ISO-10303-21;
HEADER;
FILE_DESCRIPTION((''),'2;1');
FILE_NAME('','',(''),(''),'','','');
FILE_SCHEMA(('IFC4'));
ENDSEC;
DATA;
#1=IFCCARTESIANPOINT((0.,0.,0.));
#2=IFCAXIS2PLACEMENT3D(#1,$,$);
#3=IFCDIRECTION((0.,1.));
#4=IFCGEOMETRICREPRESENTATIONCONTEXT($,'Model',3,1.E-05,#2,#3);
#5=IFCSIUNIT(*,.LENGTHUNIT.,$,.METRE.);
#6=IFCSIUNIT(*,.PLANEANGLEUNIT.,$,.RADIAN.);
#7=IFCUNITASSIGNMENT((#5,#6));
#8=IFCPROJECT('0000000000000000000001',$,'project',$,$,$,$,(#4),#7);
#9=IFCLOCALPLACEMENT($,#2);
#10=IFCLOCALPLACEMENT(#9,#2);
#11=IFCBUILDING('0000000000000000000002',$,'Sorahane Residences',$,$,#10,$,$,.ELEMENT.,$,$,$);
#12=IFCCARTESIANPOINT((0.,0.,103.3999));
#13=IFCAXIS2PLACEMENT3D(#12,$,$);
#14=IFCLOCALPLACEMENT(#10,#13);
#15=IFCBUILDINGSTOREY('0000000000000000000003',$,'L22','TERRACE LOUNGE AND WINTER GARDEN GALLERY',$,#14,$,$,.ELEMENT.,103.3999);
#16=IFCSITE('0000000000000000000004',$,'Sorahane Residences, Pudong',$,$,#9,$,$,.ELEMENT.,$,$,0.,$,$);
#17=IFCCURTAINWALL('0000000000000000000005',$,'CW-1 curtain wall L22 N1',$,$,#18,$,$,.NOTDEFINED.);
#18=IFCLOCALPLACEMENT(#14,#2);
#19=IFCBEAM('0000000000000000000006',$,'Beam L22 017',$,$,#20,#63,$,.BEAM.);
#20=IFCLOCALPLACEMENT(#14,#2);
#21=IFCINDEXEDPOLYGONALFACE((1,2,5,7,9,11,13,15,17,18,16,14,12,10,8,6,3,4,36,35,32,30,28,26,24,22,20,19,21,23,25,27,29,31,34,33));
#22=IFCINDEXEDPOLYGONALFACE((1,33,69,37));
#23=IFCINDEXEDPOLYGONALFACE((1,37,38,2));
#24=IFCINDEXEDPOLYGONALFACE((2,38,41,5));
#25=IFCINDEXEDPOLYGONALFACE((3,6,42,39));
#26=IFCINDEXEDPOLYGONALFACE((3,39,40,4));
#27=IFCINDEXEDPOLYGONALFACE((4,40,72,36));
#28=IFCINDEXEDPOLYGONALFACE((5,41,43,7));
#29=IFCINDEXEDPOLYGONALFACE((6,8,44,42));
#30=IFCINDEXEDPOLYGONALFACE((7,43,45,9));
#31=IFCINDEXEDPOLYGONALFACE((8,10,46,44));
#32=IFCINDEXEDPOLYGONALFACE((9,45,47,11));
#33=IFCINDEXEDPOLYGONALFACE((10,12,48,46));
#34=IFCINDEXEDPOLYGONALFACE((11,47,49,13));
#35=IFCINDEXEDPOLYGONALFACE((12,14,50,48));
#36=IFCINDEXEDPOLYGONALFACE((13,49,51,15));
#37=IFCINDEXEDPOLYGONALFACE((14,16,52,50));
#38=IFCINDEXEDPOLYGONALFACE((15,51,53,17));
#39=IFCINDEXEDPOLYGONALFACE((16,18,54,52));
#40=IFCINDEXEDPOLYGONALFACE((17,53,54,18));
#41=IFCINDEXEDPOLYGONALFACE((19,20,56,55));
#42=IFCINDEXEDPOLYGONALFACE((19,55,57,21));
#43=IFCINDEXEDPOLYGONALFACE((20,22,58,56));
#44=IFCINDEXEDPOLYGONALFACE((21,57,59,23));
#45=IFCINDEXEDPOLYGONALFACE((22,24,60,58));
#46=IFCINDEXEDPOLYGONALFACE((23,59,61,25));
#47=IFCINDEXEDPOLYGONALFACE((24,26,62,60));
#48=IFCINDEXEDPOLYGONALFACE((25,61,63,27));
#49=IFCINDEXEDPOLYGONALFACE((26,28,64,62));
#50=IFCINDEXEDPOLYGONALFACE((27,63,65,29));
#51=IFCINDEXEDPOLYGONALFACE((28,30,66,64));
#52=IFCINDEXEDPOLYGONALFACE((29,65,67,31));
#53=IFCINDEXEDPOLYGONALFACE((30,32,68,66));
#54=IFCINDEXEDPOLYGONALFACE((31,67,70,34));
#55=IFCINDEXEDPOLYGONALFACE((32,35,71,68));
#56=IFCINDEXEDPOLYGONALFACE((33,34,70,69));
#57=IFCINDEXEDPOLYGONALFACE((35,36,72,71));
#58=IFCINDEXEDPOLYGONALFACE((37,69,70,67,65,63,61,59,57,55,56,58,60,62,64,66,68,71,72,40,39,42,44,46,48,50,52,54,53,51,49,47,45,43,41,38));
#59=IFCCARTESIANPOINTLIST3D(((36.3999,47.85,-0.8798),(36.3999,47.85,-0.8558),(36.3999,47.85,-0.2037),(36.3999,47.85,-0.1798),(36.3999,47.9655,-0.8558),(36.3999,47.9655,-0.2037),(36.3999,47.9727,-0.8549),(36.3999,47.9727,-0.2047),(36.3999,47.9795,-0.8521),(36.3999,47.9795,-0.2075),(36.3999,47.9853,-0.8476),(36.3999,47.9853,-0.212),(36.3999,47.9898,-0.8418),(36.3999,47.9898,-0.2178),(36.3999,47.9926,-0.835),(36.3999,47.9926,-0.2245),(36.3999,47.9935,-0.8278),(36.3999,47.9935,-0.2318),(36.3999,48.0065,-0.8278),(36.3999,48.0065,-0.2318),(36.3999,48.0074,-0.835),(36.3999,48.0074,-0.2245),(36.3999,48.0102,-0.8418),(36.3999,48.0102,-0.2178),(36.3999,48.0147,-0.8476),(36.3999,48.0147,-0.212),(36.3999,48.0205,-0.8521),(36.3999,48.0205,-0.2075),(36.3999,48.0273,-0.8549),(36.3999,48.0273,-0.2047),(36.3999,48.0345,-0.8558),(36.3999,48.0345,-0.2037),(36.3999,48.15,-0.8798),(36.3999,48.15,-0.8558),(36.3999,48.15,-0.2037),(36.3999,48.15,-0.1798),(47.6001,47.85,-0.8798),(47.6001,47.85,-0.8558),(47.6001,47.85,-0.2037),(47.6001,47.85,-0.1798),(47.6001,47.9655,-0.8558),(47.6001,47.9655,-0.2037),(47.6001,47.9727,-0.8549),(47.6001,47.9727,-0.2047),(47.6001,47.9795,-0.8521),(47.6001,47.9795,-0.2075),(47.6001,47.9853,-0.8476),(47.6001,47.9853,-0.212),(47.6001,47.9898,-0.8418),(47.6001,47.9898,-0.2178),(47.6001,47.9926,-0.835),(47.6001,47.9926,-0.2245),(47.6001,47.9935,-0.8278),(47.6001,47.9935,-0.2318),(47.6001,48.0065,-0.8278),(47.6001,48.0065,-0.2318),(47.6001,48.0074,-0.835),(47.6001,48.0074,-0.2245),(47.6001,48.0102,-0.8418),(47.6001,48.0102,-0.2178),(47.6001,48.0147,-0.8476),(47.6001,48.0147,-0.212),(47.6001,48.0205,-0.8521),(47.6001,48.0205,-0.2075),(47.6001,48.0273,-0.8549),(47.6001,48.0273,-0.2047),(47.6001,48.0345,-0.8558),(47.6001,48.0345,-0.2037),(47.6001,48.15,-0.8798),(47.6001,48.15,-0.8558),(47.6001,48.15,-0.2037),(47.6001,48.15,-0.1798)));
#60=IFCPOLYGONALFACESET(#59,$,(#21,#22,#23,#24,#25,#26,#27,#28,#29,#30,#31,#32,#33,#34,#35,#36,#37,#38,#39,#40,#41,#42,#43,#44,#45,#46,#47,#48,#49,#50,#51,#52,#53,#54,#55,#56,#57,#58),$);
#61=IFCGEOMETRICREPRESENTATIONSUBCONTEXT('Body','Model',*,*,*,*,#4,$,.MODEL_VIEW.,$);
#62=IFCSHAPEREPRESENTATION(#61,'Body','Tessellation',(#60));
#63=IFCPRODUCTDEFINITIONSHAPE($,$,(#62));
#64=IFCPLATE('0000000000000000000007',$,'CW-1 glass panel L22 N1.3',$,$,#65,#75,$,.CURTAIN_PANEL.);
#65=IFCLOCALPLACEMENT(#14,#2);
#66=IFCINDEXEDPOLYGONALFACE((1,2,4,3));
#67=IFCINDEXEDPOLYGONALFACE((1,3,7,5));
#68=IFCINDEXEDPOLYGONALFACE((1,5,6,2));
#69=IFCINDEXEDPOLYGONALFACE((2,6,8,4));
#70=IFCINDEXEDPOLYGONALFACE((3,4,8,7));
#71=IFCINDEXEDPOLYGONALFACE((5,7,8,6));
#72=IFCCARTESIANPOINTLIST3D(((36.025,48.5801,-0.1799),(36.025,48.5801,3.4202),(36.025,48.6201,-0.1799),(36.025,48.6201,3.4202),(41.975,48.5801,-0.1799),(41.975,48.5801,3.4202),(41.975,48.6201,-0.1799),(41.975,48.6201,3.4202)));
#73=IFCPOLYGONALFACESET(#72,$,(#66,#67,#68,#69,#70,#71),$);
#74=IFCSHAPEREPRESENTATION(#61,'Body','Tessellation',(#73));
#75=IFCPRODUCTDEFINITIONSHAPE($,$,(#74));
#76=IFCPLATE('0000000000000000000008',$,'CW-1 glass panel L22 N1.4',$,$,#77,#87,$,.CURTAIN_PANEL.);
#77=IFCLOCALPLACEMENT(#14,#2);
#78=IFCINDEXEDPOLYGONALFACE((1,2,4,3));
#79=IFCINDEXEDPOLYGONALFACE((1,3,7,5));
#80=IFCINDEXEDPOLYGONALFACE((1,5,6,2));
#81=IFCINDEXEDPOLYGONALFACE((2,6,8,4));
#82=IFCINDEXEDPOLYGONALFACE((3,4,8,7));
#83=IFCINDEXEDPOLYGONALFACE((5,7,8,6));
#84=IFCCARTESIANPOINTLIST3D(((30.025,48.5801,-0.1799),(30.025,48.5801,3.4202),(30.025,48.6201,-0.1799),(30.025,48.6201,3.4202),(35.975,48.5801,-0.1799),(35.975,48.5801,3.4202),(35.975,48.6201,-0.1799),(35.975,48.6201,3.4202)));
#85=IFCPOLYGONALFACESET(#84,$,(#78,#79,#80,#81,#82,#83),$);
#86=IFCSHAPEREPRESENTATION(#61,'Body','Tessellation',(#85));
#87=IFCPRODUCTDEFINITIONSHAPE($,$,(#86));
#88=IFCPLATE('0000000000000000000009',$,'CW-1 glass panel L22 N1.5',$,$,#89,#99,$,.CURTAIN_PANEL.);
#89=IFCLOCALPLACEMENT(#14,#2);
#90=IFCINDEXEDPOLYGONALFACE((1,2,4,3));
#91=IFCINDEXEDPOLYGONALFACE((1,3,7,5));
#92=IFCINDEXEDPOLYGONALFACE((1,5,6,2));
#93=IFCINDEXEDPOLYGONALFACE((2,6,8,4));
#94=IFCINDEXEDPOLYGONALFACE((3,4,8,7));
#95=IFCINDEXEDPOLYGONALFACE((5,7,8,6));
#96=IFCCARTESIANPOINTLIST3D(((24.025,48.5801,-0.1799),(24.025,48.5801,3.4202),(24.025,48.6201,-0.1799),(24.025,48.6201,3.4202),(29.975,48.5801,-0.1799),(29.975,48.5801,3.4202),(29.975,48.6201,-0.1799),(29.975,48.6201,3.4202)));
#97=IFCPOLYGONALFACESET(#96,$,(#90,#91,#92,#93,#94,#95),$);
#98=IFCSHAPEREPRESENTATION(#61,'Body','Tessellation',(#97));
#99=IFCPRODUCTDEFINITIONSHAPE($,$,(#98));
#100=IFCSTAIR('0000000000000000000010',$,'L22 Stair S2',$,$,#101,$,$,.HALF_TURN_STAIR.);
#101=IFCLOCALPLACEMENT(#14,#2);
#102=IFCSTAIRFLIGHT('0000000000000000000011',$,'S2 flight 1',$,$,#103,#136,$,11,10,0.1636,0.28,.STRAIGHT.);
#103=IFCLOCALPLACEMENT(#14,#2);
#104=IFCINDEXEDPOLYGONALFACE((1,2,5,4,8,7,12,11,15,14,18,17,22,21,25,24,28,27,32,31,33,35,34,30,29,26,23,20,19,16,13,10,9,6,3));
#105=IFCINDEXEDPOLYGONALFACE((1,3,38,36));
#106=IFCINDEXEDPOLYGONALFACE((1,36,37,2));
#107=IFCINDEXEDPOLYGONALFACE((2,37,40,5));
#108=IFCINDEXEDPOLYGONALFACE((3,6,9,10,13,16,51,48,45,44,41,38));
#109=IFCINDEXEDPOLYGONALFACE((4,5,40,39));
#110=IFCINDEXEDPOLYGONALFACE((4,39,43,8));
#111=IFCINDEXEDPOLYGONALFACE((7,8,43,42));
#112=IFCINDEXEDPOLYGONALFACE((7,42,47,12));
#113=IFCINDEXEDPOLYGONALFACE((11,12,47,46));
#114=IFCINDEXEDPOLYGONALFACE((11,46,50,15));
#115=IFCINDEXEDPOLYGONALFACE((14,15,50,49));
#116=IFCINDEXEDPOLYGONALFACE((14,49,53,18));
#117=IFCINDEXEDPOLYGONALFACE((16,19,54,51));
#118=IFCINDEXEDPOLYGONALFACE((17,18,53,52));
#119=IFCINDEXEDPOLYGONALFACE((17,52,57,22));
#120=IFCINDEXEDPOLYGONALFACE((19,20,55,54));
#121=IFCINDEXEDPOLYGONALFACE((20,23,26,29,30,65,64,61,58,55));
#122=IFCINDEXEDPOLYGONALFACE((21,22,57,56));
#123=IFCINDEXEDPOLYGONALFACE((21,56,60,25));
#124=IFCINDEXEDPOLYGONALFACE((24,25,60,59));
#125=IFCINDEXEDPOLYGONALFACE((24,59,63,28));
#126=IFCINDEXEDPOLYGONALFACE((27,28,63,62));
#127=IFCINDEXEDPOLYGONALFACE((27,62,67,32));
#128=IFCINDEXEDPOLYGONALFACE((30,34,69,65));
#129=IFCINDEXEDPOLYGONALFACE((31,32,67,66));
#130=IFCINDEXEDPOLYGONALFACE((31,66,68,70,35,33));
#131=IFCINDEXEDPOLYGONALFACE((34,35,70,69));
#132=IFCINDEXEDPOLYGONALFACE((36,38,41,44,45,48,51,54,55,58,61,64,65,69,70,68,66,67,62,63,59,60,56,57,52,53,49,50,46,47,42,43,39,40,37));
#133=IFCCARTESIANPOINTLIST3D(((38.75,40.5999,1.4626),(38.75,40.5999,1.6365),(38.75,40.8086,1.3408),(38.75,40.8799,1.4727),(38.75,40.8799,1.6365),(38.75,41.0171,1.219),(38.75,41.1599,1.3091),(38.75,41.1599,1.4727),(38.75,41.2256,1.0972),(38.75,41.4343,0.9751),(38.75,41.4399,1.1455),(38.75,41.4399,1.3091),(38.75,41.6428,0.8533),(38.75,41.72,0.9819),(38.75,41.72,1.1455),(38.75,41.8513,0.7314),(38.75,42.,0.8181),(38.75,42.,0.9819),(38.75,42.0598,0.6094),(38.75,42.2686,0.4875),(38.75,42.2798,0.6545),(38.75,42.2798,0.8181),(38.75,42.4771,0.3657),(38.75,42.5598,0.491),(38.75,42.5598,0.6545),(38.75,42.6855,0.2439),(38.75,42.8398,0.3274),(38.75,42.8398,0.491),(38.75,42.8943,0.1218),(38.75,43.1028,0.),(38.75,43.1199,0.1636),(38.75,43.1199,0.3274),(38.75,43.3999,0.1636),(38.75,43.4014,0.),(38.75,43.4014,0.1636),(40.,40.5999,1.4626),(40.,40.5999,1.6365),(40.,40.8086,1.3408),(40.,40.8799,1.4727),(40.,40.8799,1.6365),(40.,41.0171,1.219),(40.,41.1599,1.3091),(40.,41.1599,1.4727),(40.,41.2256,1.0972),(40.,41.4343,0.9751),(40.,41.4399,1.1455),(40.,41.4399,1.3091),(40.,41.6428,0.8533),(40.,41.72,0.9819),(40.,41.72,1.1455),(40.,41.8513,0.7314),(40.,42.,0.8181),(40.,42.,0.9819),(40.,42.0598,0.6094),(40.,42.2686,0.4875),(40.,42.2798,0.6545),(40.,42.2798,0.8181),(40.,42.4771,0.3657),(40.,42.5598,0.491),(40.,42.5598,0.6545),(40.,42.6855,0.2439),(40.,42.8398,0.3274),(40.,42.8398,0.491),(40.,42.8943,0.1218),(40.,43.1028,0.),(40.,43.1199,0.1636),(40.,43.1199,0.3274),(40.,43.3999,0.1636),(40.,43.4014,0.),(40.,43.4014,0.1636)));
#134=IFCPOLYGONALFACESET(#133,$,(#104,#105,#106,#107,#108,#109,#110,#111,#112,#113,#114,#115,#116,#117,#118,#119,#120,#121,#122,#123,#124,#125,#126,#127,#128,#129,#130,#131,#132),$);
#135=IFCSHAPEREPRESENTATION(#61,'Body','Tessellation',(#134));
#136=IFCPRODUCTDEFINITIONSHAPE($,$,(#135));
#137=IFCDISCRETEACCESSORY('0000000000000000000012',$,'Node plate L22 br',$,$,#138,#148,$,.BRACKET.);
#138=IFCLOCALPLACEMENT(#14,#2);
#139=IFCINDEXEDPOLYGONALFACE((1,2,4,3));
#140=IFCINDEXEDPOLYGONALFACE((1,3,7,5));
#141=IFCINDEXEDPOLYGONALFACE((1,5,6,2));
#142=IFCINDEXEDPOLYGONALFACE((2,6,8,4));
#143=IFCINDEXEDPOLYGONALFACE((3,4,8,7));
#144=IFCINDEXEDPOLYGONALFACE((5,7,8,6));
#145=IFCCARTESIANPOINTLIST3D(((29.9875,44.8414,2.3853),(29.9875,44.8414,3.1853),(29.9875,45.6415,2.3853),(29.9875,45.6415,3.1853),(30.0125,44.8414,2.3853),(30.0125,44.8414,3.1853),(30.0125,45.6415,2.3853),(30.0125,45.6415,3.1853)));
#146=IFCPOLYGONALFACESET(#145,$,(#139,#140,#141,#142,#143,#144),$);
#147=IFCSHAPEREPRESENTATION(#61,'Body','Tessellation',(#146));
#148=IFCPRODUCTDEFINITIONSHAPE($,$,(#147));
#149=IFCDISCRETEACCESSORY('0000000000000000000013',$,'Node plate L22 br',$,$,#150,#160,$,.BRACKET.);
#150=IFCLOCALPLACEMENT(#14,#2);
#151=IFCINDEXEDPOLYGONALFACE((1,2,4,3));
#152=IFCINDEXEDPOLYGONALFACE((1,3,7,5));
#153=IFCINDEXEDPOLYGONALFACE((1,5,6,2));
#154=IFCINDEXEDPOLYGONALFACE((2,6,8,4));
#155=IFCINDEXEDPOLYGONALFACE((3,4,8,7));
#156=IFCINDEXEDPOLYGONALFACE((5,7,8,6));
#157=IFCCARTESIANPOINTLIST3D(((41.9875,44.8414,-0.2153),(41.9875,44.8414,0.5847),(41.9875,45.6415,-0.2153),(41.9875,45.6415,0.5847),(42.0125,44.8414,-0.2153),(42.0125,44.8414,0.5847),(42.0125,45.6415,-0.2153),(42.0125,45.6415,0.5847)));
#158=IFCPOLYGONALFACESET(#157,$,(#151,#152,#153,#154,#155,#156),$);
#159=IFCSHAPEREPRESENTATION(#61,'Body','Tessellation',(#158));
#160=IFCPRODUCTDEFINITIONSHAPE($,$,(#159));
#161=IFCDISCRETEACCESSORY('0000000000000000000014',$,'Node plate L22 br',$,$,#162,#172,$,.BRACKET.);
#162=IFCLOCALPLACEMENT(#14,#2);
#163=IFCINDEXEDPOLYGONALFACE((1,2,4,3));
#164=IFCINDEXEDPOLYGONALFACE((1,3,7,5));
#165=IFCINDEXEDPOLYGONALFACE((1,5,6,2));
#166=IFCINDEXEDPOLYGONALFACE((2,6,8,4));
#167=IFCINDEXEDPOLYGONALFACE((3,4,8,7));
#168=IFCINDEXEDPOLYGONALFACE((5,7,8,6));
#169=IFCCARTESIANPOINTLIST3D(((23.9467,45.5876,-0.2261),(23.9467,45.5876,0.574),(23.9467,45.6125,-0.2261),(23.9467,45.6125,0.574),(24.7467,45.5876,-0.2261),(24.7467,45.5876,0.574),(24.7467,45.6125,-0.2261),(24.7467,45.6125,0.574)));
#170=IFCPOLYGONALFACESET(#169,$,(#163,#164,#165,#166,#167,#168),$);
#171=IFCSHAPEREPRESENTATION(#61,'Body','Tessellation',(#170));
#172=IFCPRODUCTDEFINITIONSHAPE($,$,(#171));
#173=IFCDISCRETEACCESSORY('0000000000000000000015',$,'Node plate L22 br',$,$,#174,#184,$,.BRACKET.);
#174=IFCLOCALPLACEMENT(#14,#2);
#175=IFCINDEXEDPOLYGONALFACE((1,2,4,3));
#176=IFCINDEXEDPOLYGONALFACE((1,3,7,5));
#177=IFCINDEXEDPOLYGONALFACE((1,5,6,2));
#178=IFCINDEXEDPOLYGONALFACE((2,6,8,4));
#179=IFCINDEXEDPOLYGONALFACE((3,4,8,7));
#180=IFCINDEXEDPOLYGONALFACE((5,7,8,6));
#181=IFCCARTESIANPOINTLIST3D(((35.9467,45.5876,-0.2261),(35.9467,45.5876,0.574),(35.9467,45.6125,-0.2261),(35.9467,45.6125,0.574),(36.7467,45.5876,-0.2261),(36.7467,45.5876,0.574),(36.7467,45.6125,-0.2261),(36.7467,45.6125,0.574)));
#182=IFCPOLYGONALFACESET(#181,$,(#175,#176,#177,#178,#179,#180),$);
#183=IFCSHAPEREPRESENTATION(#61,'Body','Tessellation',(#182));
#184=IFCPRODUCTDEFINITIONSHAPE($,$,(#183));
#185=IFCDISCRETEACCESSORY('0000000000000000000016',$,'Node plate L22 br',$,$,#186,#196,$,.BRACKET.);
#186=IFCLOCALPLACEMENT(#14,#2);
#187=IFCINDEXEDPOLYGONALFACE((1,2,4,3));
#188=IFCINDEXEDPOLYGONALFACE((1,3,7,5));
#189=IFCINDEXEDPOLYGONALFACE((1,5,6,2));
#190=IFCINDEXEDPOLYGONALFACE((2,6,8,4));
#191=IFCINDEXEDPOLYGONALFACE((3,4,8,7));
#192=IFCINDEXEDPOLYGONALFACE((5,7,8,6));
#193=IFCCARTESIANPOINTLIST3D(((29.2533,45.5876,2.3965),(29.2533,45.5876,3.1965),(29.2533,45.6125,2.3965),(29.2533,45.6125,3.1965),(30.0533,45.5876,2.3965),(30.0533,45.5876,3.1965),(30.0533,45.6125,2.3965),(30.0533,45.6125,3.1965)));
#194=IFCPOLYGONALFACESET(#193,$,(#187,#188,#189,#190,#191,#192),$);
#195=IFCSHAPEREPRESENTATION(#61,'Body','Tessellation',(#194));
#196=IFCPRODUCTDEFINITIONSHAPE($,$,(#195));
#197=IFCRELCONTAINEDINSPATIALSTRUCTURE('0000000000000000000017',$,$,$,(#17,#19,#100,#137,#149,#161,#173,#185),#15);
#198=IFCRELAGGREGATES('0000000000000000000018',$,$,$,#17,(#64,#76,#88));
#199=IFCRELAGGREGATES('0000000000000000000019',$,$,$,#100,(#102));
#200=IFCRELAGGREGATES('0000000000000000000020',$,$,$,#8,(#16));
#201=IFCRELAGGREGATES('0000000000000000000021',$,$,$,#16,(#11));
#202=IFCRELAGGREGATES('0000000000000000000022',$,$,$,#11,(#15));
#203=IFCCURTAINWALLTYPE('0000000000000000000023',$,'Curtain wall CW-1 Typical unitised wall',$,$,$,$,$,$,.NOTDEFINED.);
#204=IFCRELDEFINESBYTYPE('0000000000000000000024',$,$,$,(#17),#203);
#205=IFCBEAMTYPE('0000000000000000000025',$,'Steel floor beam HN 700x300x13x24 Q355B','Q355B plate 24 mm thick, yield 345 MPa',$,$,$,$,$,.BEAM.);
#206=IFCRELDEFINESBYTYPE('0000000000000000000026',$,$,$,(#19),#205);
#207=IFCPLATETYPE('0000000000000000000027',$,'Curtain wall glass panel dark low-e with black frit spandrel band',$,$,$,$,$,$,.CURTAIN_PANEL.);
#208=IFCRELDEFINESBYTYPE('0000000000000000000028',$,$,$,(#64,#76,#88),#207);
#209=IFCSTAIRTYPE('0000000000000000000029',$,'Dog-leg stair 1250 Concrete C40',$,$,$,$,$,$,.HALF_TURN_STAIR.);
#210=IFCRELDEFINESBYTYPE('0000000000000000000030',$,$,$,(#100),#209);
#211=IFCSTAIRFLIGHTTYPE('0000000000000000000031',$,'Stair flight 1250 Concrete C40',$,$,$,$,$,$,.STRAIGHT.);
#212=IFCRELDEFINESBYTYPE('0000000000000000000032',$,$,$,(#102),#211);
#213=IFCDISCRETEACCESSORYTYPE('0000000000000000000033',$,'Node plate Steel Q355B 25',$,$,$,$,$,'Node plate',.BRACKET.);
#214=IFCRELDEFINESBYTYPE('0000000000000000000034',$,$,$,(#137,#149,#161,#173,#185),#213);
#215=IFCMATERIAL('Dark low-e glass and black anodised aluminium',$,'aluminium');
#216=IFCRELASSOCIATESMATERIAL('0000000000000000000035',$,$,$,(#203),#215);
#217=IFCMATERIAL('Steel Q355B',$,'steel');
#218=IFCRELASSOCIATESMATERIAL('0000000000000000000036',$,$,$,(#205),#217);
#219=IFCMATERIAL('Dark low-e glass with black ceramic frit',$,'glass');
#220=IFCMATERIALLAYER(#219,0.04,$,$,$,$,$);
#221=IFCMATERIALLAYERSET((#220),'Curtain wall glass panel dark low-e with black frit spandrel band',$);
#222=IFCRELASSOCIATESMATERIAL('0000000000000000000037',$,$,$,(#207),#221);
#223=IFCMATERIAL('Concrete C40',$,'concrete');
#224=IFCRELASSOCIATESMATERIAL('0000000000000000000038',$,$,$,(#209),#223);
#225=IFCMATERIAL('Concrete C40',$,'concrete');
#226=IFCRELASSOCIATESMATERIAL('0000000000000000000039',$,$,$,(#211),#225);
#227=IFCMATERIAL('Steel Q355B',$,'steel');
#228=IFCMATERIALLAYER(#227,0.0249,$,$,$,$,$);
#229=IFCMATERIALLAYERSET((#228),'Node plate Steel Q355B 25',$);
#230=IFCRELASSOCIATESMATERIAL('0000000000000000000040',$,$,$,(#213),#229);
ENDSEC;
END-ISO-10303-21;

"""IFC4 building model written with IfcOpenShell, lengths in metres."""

from ifc_helpers import new_model, si_unit, direction, frame, origin, origin_2d, place, context, subcontext, project, spatial, polyline, rectangle, i_section, outline, extrude, material, layer, layer_set, material_profile, profile_set, type_object, element, aggregate, save


model = new_model("IFC4")

# Units and contexts
model_context = context("Model", 3, precision=1e-05, world=origin(), true_north=direction((0.0, 1.0)))
body_context = subcontext(model_context, "Body", "Model", "MODEL_VIEW")
ifc_project = project(units=[si_unit("LENGTHUNIT", "METRE"), si_unit("PLANEANGLEUNIT", "RADIAN")], contexts=[model_context])

# Site, building, storey
site_placement = place(None, origin())
site = spatial("IfcSite", under=ifc_project, at=site_placement, Name="Sorahane Residences, Pudong", CompositionType="ELEMENT", RefElevation=0.0)
building_placement = place(site_placement, origin())
building = spatial("IfcBuilding", under=site, at=building_placement, Name="Sorahane Residences", CompositionType="ELEMENT")
storey_placement = place(building_placement, frame((0.0, 0.0, 103.3999)))
storey = spatial("IfcBuildingStorey", under=building, at=storey_placement, Name="L22", Description="TERRACE LOUNGE AND WINTER GARDEN GALLERY", CompositionType="ELEMENT", Elevation=103.3999)

# Curtain wall
ifc_material_1 = material(Name="Dark low-e glass and black anodised aluminium", Category="aluminium")
curtain_wall_type = type_object("IfcCurtainWallType", Name="Curtain wall CW-1 Typical unitised wall", PredefinedType="NOTDEFINED", material=ifc_material_1)
curtain_wall_placement = place(storey_placement, origin())
curtain_wall = element("IfcCurtainWall", 1, at=curtain_wall_placement, inside=storey, type_object=curtain_wall_type, Name="CW-1 curtain wall L22 N1", PredefinedType="NOTDEFINED")

# Beam
ifc_material_2 = material(Name="Steel Q355B", Category="steel")
ifc_material_profile_1 = material_profile(ifc_material_2, i_section(OverallWidth=0.3, OverallDepth=0.7, WebThickness=0.0129, FlangeThickness=0.0239, FilletRadius=0.0281, at=origin_2d()), Name="HN 700x300x13x24")
ifc_profile_set_1 = profile_set([ifc_material_profile_1], Name="Steel Q355B")
beam_type_1 = type_object("IfcBeamType", Name="Steel floor beam HN 700x300x13x24 Q355B", Description="Q355B plate 24 mm thick, yield 345 MPa", PredefinedType="BEAM", material=ifc_profile_set_1)
for number, where, z_axis, x_axis, name in (
    (2, (36.3999, 48.0, -0.5298), (1.0, 0.0, 0.0), (0.0, 1.0, 0.0), "Beam L22 017"),
):
    element("IfcBeam", number, at=place(storey_placement, frame(where, z_axis=z_axis, x_axis=x_axis)), inside=storey, type_object=beam_type_1, Name=name, PredefinedType="BEAM", context=body_context, shape_type="SweptSolid", body=[
        extrude(i_section(OverallWidth=0.3, OverallDepth=0.7, WebThickness=0.0129, FlangeThickness=0.0239, FilletRadius=0.0281, at=origin_2d()), origin(), (0.0, 0.0, 1.0), 11.2002),
    ])

# Plates
ifc_material_3 = material(Name="Dark low-e glass with black ceramic frit", Category="glass")
ifc_layer_1 = layer(ifc_material_3, 0.04)
ifc_layer_set_1 = layer_set([ifc_layer_1], Name="Curtain wall glass panel dark low-e with black frit spandrel band")
plate_type = type_object("IfcPlateType", Name="Curtain wall glass panel dark low-e with black frit spandrel band", PredefinedType="CURTAIN_PANEL", material=ifc_layer_set_1)
plate_1_placement = place(storey_placement, frame((39.0, 48.6001, -0.1799), z_axis=(0.0, 0.0, 1.0), x_axis=(-1.0, 0.0, 0.0)))
plate_1 = element("IfcPlate", 3, at=plate_1_placement, type_object=plate_type, Name="CW-1 glass panel L22 N1.3", PredefinedType="CURTAIN_PANEL", context=body_context, shape_type="SweptSolid", body=[
    extrude(rectangle(XDim=5.95, YDim=0.04, at=origin_2d()), origin(), (0.0, 0.0, 1.0), 3.6001),
])
plate_2_placement = place(storey_placement, frame((33.0, 48.6001, -0.1799), z_axis=(0.0, 0.0, 1.0), x_axis=(-1.0, 0.0, 0.0)))
plate_2 = element("IfcPlate", 4, at=plate_2_placement, type_object=plate_type, Name="CW-1 glass panel L22 N1.4", PredefinedType="CURTAIN_PANEL", context=body_context, shape_type="SweptSolid", body=[
    extrude(rectangle(XDim=5.95, YDim=0.04, at=origin_2d()), origin(), (0.0, 0.0, 1.0), 3.6001),
])
plate_3_placement = place(storey_placement, frame((27.0, 48.6001, -0.1799), z_axis=(0.0, 0.0, 1.0), x_axis=(-1.0, 0.0, 0.0)))
plate_3 = element("IfcPlate", 5, at=plate_3_placement, type_object=plate_type, Name="CW-1 glass panel L22 N1.5", PredefinedType="CURTAIN_PANEL", context=body_context, shape_type="SweptSolid", body=[
    extrude(rectangle(XDim=5.95, YDim=0.04, at=origin_2d()), origin(), (0.0, 0.0, 1.0), 3.6001),
])
aggregate(curtain_wall, [plate_1, plate_2, plate_3])

# Stair, stair flight
ifc_material_4 = material(Name="Concrete C40", Category="concrete")
stair_type = type_object("IfcStairType", Name="Dog-leg stair 1250 Concrete C40", PredefinedType="HALF_TURN_STAIR", material=ifc_material_4)
stair_placement = place(storey_placement, origin())
stair = element("IfcStair", 6, at=stair_placement, inside=storey, type_object=stair_type, Name="L22 Stair S2", PredefinedType="HALF_TURN_STAIR")
ifc_material_5 = material(Name="Concrete C40", Category="concrete")
stair_flight_type = type_object("IfcStairFlightType", Name="Stair flight 1250 Concrete C40", PredefinedType="STRAIGHT", material=ifc_material_5)
stair_flight_placement = place(storey_placement, frame((39.375, 43.3999, 0.0), z_axis=(0.0, 0.0, 1.0), x_axis=(0.0, -1.0, 0.0)))
stair_flight = element("IfcStairFlight", 7, at=stair_flight_placement, type_object=stair_flight_type, Name="S2 flight 1", NumberOfRisers=11, NumberOfTreads=10, PredefinedType="STRAIGHT", RiserHeight=0.1636, TreadLength=0.28, context=body_context, shape_type="SweptSolid", body=[
    extrude(outline(polyline([(-0.0015, 0.0), (-0.0015, 0.1636), (0.0, 0.1636), (0.28, 0.1636), (0.28, 0.3274), (0.5601, 0.3274), (0.5601, 0.491), (0.8401, 0.491), (0.8401, 0.6545), (1.1201, 0.6545), (1.1201, 0.8181), (1.3999, 0.8181), (1.3999, 0.9819), (1.6799, 0.9819), (1.6799, 1.1455), (1.96, 1.1455), (1.96, 1.3091), (2.24, 1.3091), (2.24, 1.4727), (2.52, 1.4727), (2.52, 1.6365), (2.8, 1.6365), (2.8, 1.8), (2.8, 1.4626), (2.5913, 1.3408), (2.3828, 1.219), (2.1743, 1.0972), (1.9656, 0.9751), (1.7571, 0.8533), (1.5486, 0.7314), (1.3401, 0.6094), (1.1313, 0.4875), (0.9229, 0.3657), (0.7144, 0.2439), (0.5056, 0.1218), (0.2971, 0.0), (-0.0015, 0.0)])), frame((0.0, 0.625, 0.0), z_axis=(0.0, -1.0, 0.0), x_axis=(1.0, 0.0, 0.0)), (0.0, 0.0, 1.0), 1.25),
])
aggregate(stair, [stair_flight])

# Discrete accessories
ifc_material_6 = material(Name="Steel Q355B", Category="steel")
ifc_layer_2 = layer(ifc_material_6, 0.0249)
ifc_layer_set_2 = layer_set([ifc_layer_2], Name="Node plate Steel Q355B 25")
discrete_accessory_type = type_object("IfcDiscreteAccessoryType", Name="Node plate Steel Q355B 25", ElementType="Node plate", PredefinedType="BRACKET", material=ifc_layer_set_2)
for number, where, z_axis, x_axis, name in (
    (8, (30.0, 45.2415, 2.3853), (0.0, 0.0, 1.0), (0.0, 1.0, 0.0), "Node plate L22 br"),
    (9, (42.0, 45.2415, -0.2153), (0.0, 0.0, 1.0), (0.0, 1.0, 0.0), "Node plate L22 br"),
    (10, (24.3467, 45.6001, -0.2261), (0.0, 0.0, 1.0), (1.0, 0.0, 0.0), "Node plate L22 br"),
    (11, (36.3467, 45.6001, -0.2261), (0.0, 0.0, 1.0), (1.0, 0.0, 0.0), "Node plate L22 br"),
    (12, (29.6533, 45.6001, 2.3965), (0.0, 0.0, 1.0), (1.0, 0.0, 0.0), "Node plate L22 br"),
):
    element("IfcDiscreteAccessory", number, at=place(storey_placement, frame(where, z_axis=z_axis, x_axis=x_axis)), inside=storey, type_object=discrete_accessory_type, Name=name, PredefinedType="BRACKET", context=body_context, shape_type="SweptSolid", body=[
        extrude(rectangle(XDim=0.8, YDim=0.0249, at=origin_2d()), origin(), (0.0, 0.0, 1.0), 0.8),
    ])

save(model, "model.ifc")
